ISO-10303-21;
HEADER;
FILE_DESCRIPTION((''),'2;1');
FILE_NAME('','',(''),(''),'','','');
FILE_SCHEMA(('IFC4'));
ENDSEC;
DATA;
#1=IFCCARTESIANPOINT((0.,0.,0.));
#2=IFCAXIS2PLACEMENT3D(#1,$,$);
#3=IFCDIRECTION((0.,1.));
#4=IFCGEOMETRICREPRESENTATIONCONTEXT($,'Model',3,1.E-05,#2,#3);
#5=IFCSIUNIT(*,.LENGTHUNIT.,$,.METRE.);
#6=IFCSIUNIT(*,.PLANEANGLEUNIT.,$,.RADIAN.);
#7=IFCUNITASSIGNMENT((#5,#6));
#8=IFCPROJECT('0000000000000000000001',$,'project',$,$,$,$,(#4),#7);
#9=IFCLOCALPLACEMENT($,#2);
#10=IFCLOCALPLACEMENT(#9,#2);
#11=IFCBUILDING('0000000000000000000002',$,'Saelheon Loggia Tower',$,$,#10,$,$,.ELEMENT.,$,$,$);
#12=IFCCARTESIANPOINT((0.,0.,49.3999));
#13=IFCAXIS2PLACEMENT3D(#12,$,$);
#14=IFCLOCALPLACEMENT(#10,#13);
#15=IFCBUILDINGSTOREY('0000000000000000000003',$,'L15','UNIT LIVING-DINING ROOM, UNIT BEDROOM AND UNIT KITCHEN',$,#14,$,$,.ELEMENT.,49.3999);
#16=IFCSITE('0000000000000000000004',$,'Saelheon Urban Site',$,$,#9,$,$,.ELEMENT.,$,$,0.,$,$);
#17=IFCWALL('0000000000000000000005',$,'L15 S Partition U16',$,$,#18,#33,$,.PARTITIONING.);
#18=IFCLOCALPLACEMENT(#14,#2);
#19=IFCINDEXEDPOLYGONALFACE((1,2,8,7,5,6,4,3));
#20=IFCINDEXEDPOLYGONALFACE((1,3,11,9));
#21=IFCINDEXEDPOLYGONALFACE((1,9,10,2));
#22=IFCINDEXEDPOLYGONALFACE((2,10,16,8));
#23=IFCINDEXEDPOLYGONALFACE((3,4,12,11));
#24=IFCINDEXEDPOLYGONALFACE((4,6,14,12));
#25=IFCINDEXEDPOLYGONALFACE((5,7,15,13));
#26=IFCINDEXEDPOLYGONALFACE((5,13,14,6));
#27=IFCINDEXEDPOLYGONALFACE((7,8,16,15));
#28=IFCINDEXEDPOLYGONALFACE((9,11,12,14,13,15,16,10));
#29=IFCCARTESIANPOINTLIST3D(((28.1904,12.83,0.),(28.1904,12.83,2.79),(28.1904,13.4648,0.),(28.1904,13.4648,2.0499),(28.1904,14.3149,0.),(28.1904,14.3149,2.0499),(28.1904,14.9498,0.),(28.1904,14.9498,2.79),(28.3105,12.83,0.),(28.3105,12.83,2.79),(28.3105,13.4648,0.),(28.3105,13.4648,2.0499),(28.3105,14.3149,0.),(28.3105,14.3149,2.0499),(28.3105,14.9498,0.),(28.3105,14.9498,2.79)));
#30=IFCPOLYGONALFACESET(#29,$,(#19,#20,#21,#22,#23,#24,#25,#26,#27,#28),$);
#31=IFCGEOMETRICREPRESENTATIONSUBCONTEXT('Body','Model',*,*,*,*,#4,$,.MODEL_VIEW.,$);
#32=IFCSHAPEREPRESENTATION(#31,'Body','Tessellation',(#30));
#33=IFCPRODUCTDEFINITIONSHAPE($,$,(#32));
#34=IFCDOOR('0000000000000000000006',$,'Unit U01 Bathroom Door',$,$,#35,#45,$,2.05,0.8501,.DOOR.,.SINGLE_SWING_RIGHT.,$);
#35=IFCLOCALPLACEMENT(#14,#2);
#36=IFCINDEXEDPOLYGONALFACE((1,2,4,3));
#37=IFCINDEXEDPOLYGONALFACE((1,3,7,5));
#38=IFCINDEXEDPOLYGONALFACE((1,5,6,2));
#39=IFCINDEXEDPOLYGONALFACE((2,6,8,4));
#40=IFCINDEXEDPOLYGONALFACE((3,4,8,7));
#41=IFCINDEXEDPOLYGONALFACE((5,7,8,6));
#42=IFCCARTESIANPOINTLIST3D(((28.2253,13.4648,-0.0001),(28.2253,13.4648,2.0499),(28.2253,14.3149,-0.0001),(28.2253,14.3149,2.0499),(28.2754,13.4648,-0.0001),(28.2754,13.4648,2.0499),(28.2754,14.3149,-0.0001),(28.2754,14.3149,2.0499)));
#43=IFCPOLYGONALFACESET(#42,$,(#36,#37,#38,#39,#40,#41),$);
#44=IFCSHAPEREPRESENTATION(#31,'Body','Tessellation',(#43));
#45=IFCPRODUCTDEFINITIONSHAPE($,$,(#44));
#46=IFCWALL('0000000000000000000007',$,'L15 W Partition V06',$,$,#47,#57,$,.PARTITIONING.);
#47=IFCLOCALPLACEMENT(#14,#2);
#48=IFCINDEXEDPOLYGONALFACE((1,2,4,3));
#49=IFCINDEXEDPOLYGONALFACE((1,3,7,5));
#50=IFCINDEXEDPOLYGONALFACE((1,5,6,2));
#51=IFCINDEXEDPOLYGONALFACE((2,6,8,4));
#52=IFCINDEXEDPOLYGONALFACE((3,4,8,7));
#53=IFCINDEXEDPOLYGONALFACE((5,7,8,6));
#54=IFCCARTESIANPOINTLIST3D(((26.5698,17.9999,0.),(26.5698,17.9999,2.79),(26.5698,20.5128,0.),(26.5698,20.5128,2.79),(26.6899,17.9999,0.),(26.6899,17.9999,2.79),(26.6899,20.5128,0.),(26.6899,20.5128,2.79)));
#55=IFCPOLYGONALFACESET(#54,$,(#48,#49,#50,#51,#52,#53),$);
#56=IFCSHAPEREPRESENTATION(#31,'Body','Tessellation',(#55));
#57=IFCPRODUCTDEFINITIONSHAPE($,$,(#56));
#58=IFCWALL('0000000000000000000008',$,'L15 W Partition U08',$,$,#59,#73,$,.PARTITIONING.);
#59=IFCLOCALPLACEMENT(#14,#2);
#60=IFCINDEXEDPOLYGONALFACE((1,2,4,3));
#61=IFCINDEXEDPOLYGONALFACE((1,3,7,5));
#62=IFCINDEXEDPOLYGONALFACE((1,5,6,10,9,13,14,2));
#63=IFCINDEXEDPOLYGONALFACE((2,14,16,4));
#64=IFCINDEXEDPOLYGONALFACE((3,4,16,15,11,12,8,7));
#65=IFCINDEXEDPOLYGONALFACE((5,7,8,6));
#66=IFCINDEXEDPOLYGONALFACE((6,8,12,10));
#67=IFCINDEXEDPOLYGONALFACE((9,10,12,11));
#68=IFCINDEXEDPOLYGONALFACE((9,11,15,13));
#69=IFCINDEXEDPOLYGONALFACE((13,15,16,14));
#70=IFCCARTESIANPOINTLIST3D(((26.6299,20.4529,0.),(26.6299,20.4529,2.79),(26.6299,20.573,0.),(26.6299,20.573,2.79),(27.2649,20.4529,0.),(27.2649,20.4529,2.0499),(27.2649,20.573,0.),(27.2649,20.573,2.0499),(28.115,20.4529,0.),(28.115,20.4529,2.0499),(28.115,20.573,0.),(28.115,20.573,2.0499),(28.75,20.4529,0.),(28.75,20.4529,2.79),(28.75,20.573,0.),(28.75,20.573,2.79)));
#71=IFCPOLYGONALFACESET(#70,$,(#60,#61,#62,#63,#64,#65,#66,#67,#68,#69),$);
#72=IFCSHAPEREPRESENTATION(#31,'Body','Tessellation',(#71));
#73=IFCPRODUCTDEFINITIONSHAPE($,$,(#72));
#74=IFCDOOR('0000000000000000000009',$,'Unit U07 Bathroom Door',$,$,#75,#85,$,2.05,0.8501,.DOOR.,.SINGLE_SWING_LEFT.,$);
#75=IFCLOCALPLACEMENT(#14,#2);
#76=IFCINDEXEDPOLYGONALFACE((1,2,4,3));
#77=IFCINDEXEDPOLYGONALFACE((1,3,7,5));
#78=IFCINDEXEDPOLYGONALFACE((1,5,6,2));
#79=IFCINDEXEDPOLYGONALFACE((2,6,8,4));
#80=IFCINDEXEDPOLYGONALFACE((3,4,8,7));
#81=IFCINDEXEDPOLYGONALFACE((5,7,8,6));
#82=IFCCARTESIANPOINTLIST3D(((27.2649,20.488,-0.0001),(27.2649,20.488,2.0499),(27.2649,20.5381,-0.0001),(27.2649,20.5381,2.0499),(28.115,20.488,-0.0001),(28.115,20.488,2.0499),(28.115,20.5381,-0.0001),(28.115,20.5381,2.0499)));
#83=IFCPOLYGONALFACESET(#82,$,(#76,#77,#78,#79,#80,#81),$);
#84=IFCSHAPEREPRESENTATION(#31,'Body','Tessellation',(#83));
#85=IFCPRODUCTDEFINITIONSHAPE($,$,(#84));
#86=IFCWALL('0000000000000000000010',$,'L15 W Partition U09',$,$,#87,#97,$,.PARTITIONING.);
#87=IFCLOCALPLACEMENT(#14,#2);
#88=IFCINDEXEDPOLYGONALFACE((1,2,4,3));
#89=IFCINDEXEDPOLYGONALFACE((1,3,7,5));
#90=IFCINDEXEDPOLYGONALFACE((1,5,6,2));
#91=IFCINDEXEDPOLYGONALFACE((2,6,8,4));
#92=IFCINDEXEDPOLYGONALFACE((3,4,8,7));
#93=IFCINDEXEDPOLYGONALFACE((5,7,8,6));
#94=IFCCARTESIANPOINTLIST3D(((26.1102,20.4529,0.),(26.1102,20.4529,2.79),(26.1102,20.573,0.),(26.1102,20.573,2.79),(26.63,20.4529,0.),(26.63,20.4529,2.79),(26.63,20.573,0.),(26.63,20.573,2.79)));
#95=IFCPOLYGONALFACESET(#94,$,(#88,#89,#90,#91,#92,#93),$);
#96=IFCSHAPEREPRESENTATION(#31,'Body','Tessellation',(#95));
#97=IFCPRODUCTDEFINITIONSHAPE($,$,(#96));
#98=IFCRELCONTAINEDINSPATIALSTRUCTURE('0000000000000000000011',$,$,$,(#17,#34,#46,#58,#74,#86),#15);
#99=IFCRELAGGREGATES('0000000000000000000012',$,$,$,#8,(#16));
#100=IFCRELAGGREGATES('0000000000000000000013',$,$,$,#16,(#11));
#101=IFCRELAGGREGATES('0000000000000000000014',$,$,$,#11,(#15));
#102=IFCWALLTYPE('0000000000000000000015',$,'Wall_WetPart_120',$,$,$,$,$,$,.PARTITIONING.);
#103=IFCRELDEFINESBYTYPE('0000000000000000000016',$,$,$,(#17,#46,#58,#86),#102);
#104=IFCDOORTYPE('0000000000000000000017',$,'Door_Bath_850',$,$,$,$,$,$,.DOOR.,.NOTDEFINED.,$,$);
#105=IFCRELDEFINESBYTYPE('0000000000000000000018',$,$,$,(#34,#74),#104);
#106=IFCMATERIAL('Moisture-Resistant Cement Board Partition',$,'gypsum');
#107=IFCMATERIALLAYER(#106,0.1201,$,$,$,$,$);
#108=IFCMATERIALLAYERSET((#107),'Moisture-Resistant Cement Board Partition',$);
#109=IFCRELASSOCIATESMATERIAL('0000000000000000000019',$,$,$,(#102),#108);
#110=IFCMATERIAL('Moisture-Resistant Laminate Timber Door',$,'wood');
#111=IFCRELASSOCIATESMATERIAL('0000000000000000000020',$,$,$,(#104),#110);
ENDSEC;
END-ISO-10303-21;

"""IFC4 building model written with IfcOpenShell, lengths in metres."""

from ifc_helpers import new_model, si_unit, direction, frame, frame_2d, origin, place, context, subcontext, project, spatial, rectangle, extrude, source, transform, mapped, material, layer, layer_set, type_object, element, fill, save


model = new_model("IFC4")

# Units and contexts
model_context = context("Model", 3, precision=1e-05, world=origin(), true_north=direction((0.0, 1.0)))
body_context = subcontext(model_context, "Body", "Model", "MODEL_VIEW")
ifc_project = project(units=[si_unit("LENGTHUNIT", "METRE"), si_unit("PLANEANGLEUNIT", "RADIAN")], contexts=[model_context])

# Site, building, storey
site_placement = place(None, origin())
site = spatial("IfcSite", under=ifc_project, at=site_placement, Name="Saelheon Urban Site", CompositionType="ELEMENT", RefElevation=0.0)
building_placement = place(site_placement, origin())
building = spatial("IfcBuilding", under=site, at=building_placement, Name="Saelheon Loggia Tower", CompositionType="ELEMENT")
storey_placement = place(building_placement, frame((0.0, 0.0, 49.3999)))
storey = spatial("IfcBuildingStorey", under=building, at=storey_placement, Name="L15", Description="UNIT LIVING-DINING ROOM, UNIT BEDROOM AND UNIT KITCHEN", CompositionType="ELEMENT", Elevation=49.3999)

# Wall, opening, door
ifc_material_1 = material(Name="Moisture-Resistant Cement Board Partition", Category="gypsum")
ifc_layer_1 = layer(ifc_material_1, 0.1201)
ifc_layer_set_1 = layer_set([ifc_layer_1], Name="Moisture-Resistant Cement Board Partition")
wall_type_1 = type_object("IfcWallType", Name="Wall_WetPart_120", PredefinedType="PARTITIONING", material=ifc_layer_set_1)
wall_1_placement = place(storey_placement, frame((28.2505, 14.95, 0.0), z_axis=(0.0, 0.0, 1.0), x_axis=(0.0, -1.0, 0.0)))
wall_1 = element("IfcWall", 1, at=wall_1_placement, inside=storey, type_object=wall_type_1, Name="L15 S Partition U16", PredefinedType="PARTITIONING", context=body_context, shape_type="SweptSolid", body=[
    extrude(rectangle(XDim=2.1199, YDim=0.1201, at=frame_2d((1.0601, 0.0))), origin(), (0.0, 0.0, 1.0), 2.79),
])
opening_1_placement = place(wall_1_placement, frame((0.635, 0.0, 0.0)))
opening_1 = element("IfcOpeningElement", 2, at=opening_1_placement, cuts=wall_1, PredefinedType="OPENING", context=body_context, shape_type="SweptSolid", body=[
    extrude(rectangle(XDim=0.8501, YDim=2.05, at=frame_2d((0.425, 1.0249))), frame((0.0, 0.072, 0.0), z_axis=(0.0, -1.0, 0.0), x_axis=(1.0, 0.0, 0.0)), (0.0, 0.0, 1.0), 0.144),
])
ifc_material_2 = material(Name="Moisture-Resistant Laminate Timber Door", Category="wood")
door_type_1 = type_object("IfcDoorType", Name="Door_Bath_850", OperationType="NOTDEFINED", PredefinedType="DOOR", material=ifc_material_2)
shared_shape_1 = source(origin(), body_context, "Body", "SweptSolid", [
    extrude(rectangle(XDim=0.8501, YDim=2.05, at=frame_2d((0.425, 1.0249))), frame((0.0, 0.0249, 0.0), z_axis=(0.0, -1.0, 0.0), x_axis=(1.0, 0.0, 0.0)), (0.0, 0.0, 1.0), 0.05),
])
door_1_placement = place(opening_1_placement, origin())
door_1 = element("IfcDoor", 3, at=door_1_placement, inside=storey, type_object=door_type_1, Name="Unit U01 Bathroom Door", OperationType="SINGLE_SWING_RIGHT", OverallHeight=2.05, OverallWidth=0.8501, PredefinedType="DOOR", context=body_context, shape_type="MappedRepresentation", body=[
    mapped(shared_shape_1, transform((0.0, 0.0, 0.0), scale=1.0)),
])
fill(opening_1, door_1)

# Wall
wall_2_placement = place(storey_placement, frame((26.6299, 18.0, 0.0), z_axis=(0.0, 0.0, 1.0), x_axis=(0.0, 1.0, 0.0)))
element("IfcWall", 4, at=wall_2_placement, inside=storey, type_object=wall_type_1, Name="L15 W Partition V06", PredefinedType="PARTITIONING", context=body_context, shape_type="SweptSolid", body=[
    extrude(rectangle(XDim=2.5129, YDim=0.1201, at=frame_2d((1.2563, 0.0))), origin(), (0.0, 0.0, 1.0), 2.79),
])

# Wall, opening, door
wall_3_placement = place(storey_placement, frame((28.75, 20.5129, 0.0), z_axis=(0.0, 0.0, 1.0), x_axis=(-1.0, 0.0, 0.0)))
wall_3 = element("IfcWall", 5, at=wall_3_placement, inside=storey, type_object=wall_type_1, Name="L15 W Partition U08", PredefinedType="PARTITIONING", context=body_context, shape_type="SweptSolid", body=[
    extrude(rectangle(XDim=2.1201, YDim=0.1201, at=frame_2d((1.0601, 0.0))), origin(), (0.0, 0.0, 1.0), 2.79),
])
opening_2_placement = place(wall_3_placement, frame((0.635, 0.0, 0.0)))
opening_2 = element("IfcOpeningElement", 6, at=opening_2_placement, cuts=wall_3, PredefinedType="OPENING", context=body_context, shape_type="SweptSolid", body=[
    extrude(rectangle(XDim=0.8501, YDim=2.05, at=frame_2d((0.425, 1.0249))), frame((0.0, 0.072, 0.0), z_axis=(0.0, -1.0, 0.0), x_axis=(1.0, 0.0, 0.0)), (0.0, 0.0, 1.0), 0.144),
])
door_2_placement = place(opening_2_placement, origin())
door_2 = element("IfcDoor", 7, at=door_2_placement, inside=storey, type_object=door_type_1, Name="Unit U07 Bathroom Door", OperationType="SINGLE_SWING_LEFT", OverallHeight=2.05, OverallWidth=0.8501, PredefinedType="DOOR", context=body_context, shape_type="MappedRepresentation", body=[
    mapped(shared_shape_1, transform((0.0, 0.0, 0.0), scale=1.0)),
])
fill(opening_2, door_2)

# Wall
wall_4_placement = place(storey_placement, frame((26.6299, 20.5129, 0.0), z_axis=(0.0, 0.0, 1.0), x_axis=(-1.0, 0.0, 0.0)))
element("IfcWall", 8, at=wall_4_placement, inside=storey, type_object=wall_type_1, Name="L15 W Partition U09", PredefinedType="PARTITIONING", context=body_context, shape_type="SweptSolid", body=[
    extrude(rectangle(XDim=0.5198, YDim=0.1201, at=frame_2d((0.2598, 0.0))), origin(), (0.0, 0.0, 1.0), 2.79),
])

save(model, "model.ifc")
